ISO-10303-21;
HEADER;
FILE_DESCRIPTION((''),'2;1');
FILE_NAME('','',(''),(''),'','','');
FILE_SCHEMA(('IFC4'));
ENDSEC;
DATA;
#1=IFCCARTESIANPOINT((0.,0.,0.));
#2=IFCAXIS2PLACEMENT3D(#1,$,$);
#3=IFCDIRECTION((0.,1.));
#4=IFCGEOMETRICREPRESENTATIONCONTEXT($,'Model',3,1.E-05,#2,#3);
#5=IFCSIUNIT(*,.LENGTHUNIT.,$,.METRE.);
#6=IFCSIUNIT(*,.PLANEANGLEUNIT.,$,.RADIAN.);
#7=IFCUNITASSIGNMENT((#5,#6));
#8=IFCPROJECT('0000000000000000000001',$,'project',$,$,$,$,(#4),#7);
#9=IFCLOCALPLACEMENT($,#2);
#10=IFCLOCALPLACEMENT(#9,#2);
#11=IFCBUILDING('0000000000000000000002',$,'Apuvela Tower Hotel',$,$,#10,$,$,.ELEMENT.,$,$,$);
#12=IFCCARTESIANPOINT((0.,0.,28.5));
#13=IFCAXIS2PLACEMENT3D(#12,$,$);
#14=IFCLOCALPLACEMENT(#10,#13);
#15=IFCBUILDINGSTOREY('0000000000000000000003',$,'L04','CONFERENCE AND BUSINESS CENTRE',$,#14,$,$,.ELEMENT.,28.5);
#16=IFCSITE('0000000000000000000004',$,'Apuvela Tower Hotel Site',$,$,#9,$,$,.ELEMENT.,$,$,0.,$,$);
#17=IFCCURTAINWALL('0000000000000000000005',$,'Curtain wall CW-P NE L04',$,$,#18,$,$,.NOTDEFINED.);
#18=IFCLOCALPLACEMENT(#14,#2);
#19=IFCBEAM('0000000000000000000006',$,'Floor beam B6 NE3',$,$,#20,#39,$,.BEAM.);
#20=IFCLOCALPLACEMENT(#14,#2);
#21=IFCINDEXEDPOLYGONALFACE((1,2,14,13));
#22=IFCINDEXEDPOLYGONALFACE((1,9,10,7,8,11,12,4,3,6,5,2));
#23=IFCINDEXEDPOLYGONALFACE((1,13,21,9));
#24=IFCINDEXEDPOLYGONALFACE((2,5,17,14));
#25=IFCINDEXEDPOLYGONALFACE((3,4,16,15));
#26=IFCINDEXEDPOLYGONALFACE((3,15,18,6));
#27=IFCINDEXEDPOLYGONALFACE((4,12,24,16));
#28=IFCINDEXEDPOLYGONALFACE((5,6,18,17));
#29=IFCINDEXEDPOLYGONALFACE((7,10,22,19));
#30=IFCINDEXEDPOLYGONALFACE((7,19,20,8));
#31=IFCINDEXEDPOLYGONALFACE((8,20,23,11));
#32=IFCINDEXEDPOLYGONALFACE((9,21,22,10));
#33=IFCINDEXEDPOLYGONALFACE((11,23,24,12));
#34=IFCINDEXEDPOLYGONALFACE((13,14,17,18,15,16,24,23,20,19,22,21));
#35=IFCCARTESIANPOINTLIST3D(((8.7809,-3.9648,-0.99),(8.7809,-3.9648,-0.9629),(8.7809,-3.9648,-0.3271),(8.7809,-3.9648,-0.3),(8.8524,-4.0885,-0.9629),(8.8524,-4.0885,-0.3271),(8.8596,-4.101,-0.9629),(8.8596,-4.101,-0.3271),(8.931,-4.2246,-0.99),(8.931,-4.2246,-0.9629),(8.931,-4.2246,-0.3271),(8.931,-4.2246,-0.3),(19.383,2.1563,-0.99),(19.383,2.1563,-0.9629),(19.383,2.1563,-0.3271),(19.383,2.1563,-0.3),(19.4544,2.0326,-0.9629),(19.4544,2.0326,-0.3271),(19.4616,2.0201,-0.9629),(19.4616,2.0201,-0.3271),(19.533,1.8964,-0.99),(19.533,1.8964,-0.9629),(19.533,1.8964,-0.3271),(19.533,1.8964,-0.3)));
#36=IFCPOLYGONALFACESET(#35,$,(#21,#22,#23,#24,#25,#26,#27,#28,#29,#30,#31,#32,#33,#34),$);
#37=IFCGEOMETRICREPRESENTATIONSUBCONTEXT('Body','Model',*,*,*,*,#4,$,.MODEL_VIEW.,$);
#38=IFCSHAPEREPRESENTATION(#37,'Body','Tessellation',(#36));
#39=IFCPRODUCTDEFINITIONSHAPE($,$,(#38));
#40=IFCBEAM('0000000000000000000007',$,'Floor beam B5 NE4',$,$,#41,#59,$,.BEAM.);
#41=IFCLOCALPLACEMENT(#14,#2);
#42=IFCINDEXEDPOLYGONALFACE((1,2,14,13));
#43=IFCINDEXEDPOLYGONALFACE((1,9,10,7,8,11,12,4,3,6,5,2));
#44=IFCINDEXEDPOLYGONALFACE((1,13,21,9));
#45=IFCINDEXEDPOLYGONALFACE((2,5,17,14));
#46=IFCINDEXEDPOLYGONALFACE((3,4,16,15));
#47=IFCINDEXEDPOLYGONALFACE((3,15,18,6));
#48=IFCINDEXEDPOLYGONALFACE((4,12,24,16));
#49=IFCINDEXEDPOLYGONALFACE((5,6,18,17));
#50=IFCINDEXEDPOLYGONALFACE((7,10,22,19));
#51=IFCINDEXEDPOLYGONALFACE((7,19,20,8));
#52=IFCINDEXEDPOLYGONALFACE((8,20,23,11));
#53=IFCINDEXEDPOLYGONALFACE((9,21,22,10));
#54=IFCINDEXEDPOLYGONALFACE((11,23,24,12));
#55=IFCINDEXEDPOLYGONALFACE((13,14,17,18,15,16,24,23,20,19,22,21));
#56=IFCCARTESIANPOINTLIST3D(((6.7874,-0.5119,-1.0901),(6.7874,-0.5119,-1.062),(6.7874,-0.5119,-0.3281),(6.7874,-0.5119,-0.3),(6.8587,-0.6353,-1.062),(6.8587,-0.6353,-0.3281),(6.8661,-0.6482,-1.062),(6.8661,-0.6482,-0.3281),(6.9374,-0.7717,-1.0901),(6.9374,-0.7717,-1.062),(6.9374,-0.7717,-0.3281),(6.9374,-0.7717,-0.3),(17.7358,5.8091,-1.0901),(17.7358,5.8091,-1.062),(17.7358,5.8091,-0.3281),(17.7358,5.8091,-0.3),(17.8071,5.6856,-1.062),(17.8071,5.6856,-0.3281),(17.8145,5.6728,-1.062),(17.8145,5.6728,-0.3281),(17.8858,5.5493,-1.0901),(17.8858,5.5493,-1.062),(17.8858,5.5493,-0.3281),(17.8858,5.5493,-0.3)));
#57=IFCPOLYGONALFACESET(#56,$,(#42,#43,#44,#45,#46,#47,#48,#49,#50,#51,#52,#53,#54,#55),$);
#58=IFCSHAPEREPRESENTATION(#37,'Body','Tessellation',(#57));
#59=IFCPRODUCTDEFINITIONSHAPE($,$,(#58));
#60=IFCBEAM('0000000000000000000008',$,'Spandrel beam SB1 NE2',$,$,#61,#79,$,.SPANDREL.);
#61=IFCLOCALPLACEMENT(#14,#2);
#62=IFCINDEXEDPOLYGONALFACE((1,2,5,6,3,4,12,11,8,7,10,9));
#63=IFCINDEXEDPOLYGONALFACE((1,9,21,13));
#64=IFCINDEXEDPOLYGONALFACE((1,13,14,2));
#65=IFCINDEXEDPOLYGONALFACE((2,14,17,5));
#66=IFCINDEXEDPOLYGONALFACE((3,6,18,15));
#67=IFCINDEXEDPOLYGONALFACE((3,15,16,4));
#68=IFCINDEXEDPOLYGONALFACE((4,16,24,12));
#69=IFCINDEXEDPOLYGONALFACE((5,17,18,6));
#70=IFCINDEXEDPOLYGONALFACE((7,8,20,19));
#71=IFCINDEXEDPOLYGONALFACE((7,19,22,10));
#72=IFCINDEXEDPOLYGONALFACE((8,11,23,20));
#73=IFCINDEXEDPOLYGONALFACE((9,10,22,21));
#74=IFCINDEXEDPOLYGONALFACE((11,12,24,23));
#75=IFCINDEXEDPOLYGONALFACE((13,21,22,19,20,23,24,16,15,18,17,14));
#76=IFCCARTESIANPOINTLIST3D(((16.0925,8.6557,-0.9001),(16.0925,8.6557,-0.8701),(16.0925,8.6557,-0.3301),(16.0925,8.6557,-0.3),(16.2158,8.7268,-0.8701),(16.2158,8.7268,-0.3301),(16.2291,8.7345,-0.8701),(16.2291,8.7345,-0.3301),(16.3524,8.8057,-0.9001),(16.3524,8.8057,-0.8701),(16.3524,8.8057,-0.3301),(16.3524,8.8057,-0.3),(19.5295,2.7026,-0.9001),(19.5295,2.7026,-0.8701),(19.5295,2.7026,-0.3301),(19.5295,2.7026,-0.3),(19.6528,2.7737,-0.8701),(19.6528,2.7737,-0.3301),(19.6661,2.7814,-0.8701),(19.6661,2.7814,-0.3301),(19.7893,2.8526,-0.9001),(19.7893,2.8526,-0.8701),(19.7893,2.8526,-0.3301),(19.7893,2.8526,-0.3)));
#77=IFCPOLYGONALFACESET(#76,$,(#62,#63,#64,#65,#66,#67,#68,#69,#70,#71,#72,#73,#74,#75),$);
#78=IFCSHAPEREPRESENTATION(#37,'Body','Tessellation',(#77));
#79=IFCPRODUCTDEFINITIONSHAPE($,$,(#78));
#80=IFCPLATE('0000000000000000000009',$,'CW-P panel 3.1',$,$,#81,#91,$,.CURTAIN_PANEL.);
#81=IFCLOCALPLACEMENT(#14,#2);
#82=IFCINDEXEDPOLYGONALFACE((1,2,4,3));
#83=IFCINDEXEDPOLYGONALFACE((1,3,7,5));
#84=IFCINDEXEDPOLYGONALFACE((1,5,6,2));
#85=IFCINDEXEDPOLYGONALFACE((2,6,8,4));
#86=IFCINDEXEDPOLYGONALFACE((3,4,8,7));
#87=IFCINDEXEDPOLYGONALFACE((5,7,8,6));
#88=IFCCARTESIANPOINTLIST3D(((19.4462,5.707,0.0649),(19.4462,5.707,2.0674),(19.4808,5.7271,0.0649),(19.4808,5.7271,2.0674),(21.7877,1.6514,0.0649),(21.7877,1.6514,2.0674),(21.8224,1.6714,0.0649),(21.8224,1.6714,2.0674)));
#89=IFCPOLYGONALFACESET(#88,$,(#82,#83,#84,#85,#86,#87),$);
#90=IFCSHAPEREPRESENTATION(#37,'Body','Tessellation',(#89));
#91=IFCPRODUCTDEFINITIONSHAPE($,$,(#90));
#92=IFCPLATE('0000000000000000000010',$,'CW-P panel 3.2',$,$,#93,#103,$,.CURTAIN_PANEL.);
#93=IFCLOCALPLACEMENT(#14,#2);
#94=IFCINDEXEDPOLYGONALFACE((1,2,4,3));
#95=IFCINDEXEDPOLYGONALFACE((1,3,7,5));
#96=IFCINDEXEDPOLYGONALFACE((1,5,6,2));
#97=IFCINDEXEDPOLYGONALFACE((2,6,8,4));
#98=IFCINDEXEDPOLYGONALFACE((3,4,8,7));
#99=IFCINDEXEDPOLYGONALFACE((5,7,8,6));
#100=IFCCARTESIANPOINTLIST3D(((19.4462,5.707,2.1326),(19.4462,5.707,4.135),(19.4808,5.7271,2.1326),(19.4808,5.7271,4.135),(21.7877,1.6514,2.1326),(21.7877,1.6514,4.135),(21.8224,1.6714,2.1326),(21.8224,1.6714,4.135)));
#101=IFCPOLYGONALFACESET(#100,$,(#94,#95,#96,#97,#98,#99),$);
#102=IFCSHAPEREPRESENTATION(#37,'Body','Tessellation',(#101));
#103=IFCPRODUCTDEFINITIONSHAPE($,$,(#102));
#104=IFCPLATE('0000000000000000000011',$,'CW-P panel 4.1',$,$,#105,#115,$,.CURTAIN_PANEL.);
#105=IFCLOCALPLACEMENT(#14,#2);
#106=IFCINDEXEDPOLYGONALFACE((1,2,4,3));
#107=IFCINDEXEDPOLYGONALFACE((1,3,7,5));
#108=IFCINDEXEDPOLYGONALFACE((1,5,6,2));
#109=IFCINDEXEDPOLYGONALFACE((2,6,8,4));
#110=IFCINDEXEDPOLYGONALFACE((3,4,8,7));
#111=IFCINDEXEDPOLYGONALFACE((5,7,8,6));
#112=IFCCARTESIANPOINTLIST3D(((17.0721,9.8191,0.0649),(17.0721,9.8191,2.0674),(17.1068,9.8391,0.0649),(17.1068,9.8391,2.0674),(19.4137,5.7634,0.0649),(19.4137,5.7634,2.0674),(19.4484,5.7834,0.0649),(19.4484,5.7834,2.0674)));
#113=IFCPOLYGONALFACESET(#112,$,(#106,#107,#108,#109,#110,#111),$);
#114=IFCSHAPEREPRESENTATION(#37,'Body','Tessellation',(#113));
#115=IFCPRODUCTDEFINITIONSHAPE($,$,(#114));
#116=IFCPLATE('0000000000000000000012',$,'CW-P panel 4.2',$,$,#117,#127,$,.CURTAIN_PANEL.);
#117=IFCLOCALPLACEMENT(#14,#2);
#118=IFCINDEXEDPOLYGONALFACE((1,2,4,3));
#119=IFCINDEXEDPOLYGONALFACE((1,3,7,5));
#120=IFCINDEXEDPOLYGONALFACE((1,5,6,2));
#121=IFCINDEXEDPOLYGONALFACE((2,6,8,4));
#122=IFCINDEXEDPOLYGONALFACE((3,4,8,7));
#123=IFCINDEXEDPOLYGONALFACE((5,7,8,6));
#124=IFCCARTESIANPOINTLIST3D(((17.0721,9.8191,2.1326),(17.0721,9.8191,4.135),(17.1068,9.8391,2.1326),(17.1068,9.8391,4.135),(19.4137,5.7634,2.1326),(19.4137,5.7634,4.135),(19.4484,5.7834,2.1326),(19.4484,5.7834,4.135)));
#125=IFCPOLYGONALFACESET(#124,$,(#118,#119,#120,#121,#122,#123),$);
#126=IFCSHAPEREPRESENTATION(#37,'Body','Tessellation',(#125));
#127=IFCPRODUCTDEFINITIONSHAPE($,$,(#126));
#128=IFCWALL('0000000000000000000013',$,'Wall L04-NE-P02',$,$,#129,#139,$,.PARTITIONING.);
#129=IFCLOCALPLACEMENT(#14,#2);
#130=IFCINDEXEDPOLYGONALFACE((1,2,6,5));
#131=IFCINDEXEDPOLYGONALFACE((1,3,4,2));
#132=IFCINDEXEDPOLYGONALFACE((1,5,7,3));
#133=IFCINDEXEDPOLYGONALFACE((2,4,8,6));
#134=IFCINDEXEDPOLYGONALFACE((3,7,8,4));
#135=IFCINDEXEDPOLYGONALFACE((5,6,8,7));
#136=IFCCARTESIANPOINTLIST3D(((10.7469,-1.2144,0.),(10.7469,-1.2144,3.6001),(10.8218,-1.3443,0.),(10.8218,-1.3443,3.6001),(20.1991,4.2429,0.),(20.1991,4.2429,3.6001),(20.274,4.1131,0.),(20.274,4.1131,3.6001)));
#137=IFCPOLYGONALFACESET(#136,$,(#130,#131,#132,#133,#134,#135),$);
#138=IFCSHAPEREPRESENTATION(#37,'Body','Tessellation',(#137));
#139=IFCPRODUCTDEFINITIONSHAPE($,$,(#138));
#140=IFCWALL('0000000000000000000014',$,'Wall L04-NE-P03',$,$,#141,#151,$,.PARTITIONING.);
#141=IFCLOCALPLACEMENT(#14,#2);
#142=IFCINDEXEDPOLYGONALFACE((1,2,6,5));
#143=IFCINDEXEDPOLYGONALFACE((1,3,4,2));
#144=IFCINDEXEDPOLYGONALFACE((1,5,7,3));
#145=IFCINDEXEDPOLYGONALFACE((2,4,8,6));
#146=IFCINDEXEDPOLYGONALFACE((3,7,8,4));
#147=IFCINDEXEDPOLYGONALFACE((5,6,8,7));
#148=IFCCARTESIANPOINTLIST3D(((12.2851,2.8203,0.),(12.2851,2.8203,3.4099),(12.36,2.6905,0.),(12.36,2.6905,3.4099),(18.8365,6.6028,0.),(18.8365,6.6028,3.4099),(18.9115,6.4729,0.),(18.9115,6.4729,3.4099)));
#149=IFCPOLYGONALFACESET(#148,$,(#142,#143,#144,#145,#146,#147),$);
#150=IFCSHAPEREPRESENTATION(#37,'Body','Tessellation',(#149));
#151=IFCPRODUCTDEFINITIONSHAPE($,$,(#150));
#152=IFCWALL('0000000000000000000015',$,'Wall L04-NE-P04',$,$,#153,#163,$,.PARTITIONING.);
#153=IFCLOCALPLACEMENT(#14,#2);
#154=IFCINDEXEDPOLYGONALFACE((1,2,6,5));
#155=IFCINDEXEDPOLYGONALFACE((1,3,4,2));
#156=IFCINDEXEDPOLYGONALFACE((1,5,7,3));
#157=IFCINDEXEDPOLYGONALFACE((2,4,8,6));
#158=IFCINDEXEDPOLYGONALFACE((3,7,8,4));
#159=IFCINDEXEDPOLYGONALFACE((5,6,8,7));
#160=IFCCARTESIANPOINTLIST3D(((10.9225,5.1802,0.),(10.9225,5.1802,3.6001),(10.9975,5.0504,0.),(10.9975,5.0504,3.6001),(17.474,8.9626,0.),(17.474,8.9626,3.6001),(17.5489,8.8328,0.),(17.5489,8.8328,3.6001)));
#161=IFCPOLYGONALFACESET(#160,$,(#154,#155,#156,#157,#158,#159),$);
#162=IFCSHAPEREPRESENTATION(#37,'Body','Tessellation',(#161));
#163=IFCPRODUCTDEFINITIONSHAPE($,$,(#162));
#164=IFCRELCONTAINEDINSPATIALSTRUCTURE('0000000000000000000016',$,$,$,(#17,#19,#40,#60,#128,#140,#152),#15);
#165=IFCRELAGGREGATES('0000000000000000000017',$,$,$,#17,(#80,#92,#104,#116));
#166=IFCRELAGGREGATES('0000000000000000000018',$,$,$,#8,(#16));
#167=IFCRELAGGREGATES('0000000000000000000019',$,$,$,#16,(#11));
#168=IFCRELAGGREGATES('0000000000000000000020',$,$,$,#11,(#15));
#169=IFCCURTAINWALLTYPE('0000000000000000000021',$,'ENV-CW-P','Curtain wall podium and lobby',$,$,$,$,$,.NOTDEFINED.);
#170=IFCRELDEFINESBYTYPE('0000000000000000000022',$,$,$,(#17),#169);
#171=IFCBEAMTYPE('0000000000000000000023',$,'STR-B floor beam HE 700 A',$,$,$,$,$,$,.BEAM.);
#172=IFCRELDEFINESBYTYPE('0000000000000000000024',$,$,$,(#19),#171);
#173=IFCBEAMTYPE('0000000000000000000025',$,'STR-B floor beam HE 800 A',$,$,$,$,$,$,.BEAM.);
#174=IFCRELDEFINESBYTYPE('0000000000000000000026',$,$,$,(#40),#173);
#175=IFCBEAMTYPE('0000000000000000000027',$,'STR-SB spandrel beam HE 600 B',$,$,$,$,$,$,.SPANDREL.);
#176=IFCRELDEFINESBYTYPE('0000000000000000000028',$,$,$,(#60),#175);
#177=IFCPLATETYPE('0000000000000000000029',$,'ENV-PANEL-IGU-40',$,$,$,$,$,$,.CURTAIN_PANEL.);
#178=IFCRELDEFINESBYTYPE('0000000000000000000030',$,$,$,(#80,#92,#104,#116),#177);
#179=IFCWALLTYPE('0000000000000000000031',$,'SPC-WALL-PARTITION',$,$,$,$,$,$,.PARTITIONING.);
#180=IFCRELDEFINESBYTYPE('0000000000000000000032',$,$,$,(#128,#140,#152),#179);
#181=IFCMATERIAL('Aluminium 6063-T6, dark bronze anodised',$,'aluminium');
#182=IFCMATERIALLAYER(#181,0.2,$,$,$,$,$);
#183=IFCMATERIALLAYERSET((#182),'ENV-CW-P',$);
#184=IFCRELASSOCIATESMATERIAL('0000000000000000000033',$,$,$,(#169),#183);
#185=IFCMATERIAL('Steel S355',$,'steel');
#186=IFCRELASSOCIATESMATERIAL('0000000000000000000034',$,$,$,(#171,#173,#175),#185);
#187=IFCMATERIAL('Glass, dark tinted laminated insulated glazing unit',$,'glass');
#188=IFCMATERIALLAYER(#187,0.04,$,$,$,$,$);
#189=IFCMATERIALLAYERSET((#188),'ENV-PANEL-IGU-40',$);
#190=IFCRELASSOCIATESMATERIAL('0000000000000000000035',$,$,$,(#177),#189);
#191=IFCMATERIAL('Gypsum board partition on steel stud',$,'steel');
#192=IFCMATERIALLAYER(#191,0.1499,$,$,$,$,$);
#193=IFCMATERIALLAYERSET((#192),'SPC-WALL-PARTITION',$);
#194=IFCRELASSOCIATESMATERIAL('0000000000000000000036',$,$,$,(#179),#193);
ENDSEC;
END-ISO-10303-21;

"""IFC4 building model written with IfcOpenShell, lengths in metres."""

from ifc_helpers import new_model, si_unit, direction, frame, frame_2d, origin, origin_2d, place, context, subcontext, project, spatial, rectangle, i_section, extrude, material, layer, layer_set, material_profile, profile_set, type_object, element, aggregate, save


model = new_model("IFC4")

# Units and contexts
model_context = context("Model", 3, precision=1e-05, world=origin(), true_north=direction((0.0, 1.0)))
body_context = subcontext(model_context, "Body", "Model", "MODEL_VIEW")
ifc_project = project(units=[si_unit("LENGTHUNIT", "METRE"), si_unit("PLANEANGLEUNIT", "RADIAN")], contexts=[model_context])

# Site, building, storey
site_placement = place(None, origin())
site = spatial("IfcSite", under=ifc_project, at=site_placement, Name="Apuvela Tower Hotel Site", CompositionType="ELEMENT", RefElevation=0.0)
building_placement = place(site_placement, origin())
building = spatial("IfcBuilding", under=site, at=building_placement, Name="Apuvela Tower Hotel", CompositionType="ELEMENT")
storey_placement = place(building_placement, frame((0.0, 0.0, 28.5)))
storey = spatial("IfcBuildingStorey", under=building, at=storey_placement, Name="L04", Description="CONFERENCE AND BUSINESS CENTRE", CompositionType="ELEMENT", Elevation=28.5)

# Curtain wall
ifc_material_1 = material(Name="Aluminium 6063-T6, dark bronze anodised", Category="aluminium")
ifc_layer_1 = layer(ifc_material_1, 0.2)
ifc_layer_set_1 = layer_set([ifc_layer_1], Name="ENV-CW-P")
curtain_wall_type = type_object("IfcCurtainWallType", Name="ENV-CW-P", Description="Curtain wall podium and lobby", PredefinedType="NOTDEFINED", material=ifc_layer_set_1)
curtain_wall_placement = place(storey_placement, origin())
curtain_wall = element("IfcCurtainWall", 1, at=curtain_wall_placement, inside=storey, type_object=curtain_wall_type, Name="Curtain wall CW-P NE L04", PredefinedType="NOTDEFINED")

# Beams
ifc_material_2 = material(Name="Steel S355", Category="steel")
ifc_material_profile_1 = material_profile(ifc_material_2, i_section(OverallWidth=0.3, OverallDepth=0.6899, WebThickness=0.0144, FlangeThickness=0.0271, at=origin_2d()), Name="HE 700 A")
ifc_profile_set_1 = profile_set([ifc_material_profile_1], Name="Steel S355")
beam_type_1 = type_object("IfcBeamType", Name="STR-B floor beam HE 700 A", PredefinedType="BEAM", material=ifc_profile_set_1)
beam_1_placement = place(storey_placement, frame((19.458, 2.0264, -0.645), z_axis=(-0.866026, -0.5, 0.0), x_axis=(0.5, -0.866026, 0.0)))
element("IfcBeam", 2, at=beam_1_placement, inside=storey, type_object=beam_type_1, Name="Floor beam B6 NE3", PredefinedType="BEAM", context=body_context, shape_type="SweptSolid", body=[
    extrude(i_section(OverallWidth=0.3, OverallDepth=0.6899, WebThickness=0.0144, FlangeThickness=0.0271, at=origin_2d()), origin(), (0.0, 0.0, 1.0), 12.2422),
])
ifc_material_profile_2 = material_profile(ifc_material_2, i_section(OverallWidth=0.3, OverallDepth=0.79, WebThickness=0.0149, FlangeThickness=0.0281, at=origin_2d()), Name="HE 800 A")
ifc_profile_set_2 = profile_set([ifc_material_profile_2], Name="Steel S355")
beam_type_2 = type_object("IfcBeamType", Name="STR-B floor beam HE 800 A", PredefinedType="BEAM", material=ifc_profile_set_2)
beam_2_placement = place(storey_placement, frame((17.8108, 5.6792, -0.6951), z_axis=(-0.866028, -0.499996, 0.0), x_axis=(0.499996, -0.866028, 0.0)))
element("IfcBeam", 3, at=beam_2_placement, inside=storey, type_object=beam_type_2, Name="Floor beam B5 NE4", PredefinedType="BEAM", context=body_context, shape_type="SweptSolid", body=[
    extrude(i_section(OverallWidth=0.3, OverallDepth=0.79, WebThickness=0.0149, FlangeThickness=0.0281, at=origin_2d()), origin(), (0.0, 0.0, 1.0), 12.6421),
])
ifc_material_profile_3 = material_profile(ifc_material_2, i_section(OverallWidth=0.3, OverallDepth=0.6001, WebThickness=0.0154, FlangeThickness=0.03, at=origin_2d()), Name="HE 600 B")
ifc_profile_set_3 = profile_set([ifc_material_profile_3], Name="Steel S355")
beam_type_3 = type_object("IfcBeamType", Name="STR-SB spandrel beam HE 600 B", PredefinedType="SPANDREL", material=ifc_profile_set_3)
beam_3_placement = place(storey_placement, frame((19.6594, 2.7776, -0.6001), z_axis=(-0.499997, 0.866027, 0.0), x_axis=(-0.866027, -0.499997, 0.0)))
element("IfcBeam", 4, at=beam_3_placement, inside=storey, type_object=beam_type_3, Name="Spandrel beam SB1 NE2", PredefinedType="SPANDREL", context=body_context, shape_type="SweptSolid", body=[
    extrude(i_section(OverallWidth=0.3, OverallDepth=0.6001, WebThickness=0.0154, FlangeThickness=0.03, at=origin_2d()), origin(), (0.0, 0.0, 1.0), 6.874),
])

# Plates
ifc_material_3 = material(Name="Glass, dark tinted laminated insulated glazing unit", Category="glass")
ifc_layer_2 = layer(ifc_material_3, 0.04)
ifc_layer_set_2 = layer_set([ifc_layer_2], Name="ENV-PANEL-IGU-40")
plate_type = type_object("IfcPlateType", Name="ENV-PANEL-IGU-40", PredefinedType="CURTAIN_PANEL", material=ifc_layer_set_2)
plate_1_placement = place(storey_placement, frame((20.6343, 3.6892, 0.0649), z_axis=(0.0, 0.0, 1.0), x_axis=(-0.500002, 0.866024, 0.0)))
plate_1 = element("IfcPlate", 5, at=plate_1_placement, type_object=plate_type, Name="CW-P panel 3.1", PredefinedType="CURTAIN_PANEL", context=body_context, shape_type="SweptSolid", body=[
    extrude(rectangle(XDim=4.6831, YDim=0.04, at=origin_2d()), origin(), (0.0, 0.0, 1.0), 2.0024),
])
plate_2_placement = place(storey_placement, frame((20.6343, 3.6892, 2.1326), z_axis=(0.0, 0.0, 1.0), x_axis=(-0.500002, 0.866024, 0.0)))
plate_2 = element("IfcPlate", 6, at=plate_2_placement, type_object=plate_type, Name="CW-P panel 3.2", PredefinedType="CURTAIN_PANEL", context=body_context, shape_type="SweptSolid", body=[
    extrude(rectangle(XDim=4.6831, YDim=0.04, at=origin_2d()), origin(), (0.0, 0.0, 1.0), 2.0024),
])
plate_3_placement = place(storey_placement, frame((18.2603, 7.8013, 0.0649), z_axis=(0.0, 0.0, 1.0), x_axis=(-0.500002, 0.866024, 0.0)))
plate_3 = element("IfcPlate", 7, at=plate_3_placement, type_object=plate_type, Name="CW-P panel 4.1", PredefinedType="CURTAIN_PANEL", context=body_context, shape_type="SweptSolid", body=[
    extrude(rectangle(XDim=4.6831, YDim=0.04, at=origin_2d()), origin(), (0.0, 0.0, 1.0), 2.0024),
])
plate_4_placement = place(storey_placement, frame((18.2603, 7.8013, 2.1326), z_axis=(0.0, 0.0, 1.0), x_axis=(-0.500002, 0.866024, 0.0)))
plate_4 = element("IfcPlate", 8, at=plate_4_placement, type_object=plate_type, Name="CW-P panel 4.2", PredefinedType="CURTAIN_PANEL", context=body_context, shape_type="SweptSolid", body=[
    extrude(rectangle(XDim=4.6831, YDim=0.04, at=origin_2d()), origin(), (0.0, 0.0, 1.0), 2.0024),
])
aggregate(curtain_wall, [plate_1, plate_2, plate_3, plate_4])

# Walls
ifc_material_4 = material(Name="Gypsum board partition on steel stud", Category="steel")
ifc_layer_3 = layer(ifc_material_4, 0.1499)
ifc_layer_set_3 = layer_set([ifc_layer_3], Name="SPC-WALL-PARTITION")
wall_type = type_object("IfcWallType", Name="SPC-WALL-PARTITION", PredefinedType="PARTITIONING", material=ifc_layer_set_3)
wall_1_placement = place(storey_placement, frame((20.2366, 4.178, 0.0), z_axis=(0.0, 0.0, 1.0), x_axis=(-0.866022, -0.500005, 0.0)))
element("IfcWall", 9, at=wall_1_placement, inside=storey, type_object=wall_type, Name="Wall L04-NE-P02", PredefinedType="PARTITIONING", context=body_context, shape_type="SweptSolid", body=[
    extrude(rectangle(XDim=10.9146, YDim=0.1499, at=frame_2d((5.4573, 0.0))), origin(), (0.0, 0.0, 1.0), 3.6001),
])
wall_2_placement = place(storey_placement, frame((18.874, 6.5378, 0.0), z_axis=(0.0, 0.0, 1.0), x_axis=(-0.866028, -0.499995, 0.0)))
element("IfcWall", 10, at=wall_2_placement, inside=storey, type_object=wall_type, Name="Wall L04-NE-P03", PredefinedType="PARTITIONING", context=body_context, shape_type="SweptSolid", body=[
    extrude(rectangle(XDim=7.5649, YDim=0.1499, at=frame_2d((3.7825, 0.0))), origin(), (0.0, 0.0, 1.0), 3.4099),
])
wall_3_placement = place(storey_placement, frame((17.5115, 8.8977, 0.0), z_axis=(0.0, 0.0, 1.0), x_axis=(-0.866028, -0.499995, 0.0)))
element("IfcWall", 11, at=wall_3_placement, inside=storey, type_object=wall_type, Name="Wall L04-NE-P04", PredefinedType="PARTITIONING", context=body_context, shape_type="SweptSolid", body=[
    extrude(rectangle(XDim=7.5649, YDim=0.1499, at=frame_2d((3.7825, 0.0))), origin(), (0.0, 0.0, 1.0), 3.6001),
])

save(model, "model.ifc")
